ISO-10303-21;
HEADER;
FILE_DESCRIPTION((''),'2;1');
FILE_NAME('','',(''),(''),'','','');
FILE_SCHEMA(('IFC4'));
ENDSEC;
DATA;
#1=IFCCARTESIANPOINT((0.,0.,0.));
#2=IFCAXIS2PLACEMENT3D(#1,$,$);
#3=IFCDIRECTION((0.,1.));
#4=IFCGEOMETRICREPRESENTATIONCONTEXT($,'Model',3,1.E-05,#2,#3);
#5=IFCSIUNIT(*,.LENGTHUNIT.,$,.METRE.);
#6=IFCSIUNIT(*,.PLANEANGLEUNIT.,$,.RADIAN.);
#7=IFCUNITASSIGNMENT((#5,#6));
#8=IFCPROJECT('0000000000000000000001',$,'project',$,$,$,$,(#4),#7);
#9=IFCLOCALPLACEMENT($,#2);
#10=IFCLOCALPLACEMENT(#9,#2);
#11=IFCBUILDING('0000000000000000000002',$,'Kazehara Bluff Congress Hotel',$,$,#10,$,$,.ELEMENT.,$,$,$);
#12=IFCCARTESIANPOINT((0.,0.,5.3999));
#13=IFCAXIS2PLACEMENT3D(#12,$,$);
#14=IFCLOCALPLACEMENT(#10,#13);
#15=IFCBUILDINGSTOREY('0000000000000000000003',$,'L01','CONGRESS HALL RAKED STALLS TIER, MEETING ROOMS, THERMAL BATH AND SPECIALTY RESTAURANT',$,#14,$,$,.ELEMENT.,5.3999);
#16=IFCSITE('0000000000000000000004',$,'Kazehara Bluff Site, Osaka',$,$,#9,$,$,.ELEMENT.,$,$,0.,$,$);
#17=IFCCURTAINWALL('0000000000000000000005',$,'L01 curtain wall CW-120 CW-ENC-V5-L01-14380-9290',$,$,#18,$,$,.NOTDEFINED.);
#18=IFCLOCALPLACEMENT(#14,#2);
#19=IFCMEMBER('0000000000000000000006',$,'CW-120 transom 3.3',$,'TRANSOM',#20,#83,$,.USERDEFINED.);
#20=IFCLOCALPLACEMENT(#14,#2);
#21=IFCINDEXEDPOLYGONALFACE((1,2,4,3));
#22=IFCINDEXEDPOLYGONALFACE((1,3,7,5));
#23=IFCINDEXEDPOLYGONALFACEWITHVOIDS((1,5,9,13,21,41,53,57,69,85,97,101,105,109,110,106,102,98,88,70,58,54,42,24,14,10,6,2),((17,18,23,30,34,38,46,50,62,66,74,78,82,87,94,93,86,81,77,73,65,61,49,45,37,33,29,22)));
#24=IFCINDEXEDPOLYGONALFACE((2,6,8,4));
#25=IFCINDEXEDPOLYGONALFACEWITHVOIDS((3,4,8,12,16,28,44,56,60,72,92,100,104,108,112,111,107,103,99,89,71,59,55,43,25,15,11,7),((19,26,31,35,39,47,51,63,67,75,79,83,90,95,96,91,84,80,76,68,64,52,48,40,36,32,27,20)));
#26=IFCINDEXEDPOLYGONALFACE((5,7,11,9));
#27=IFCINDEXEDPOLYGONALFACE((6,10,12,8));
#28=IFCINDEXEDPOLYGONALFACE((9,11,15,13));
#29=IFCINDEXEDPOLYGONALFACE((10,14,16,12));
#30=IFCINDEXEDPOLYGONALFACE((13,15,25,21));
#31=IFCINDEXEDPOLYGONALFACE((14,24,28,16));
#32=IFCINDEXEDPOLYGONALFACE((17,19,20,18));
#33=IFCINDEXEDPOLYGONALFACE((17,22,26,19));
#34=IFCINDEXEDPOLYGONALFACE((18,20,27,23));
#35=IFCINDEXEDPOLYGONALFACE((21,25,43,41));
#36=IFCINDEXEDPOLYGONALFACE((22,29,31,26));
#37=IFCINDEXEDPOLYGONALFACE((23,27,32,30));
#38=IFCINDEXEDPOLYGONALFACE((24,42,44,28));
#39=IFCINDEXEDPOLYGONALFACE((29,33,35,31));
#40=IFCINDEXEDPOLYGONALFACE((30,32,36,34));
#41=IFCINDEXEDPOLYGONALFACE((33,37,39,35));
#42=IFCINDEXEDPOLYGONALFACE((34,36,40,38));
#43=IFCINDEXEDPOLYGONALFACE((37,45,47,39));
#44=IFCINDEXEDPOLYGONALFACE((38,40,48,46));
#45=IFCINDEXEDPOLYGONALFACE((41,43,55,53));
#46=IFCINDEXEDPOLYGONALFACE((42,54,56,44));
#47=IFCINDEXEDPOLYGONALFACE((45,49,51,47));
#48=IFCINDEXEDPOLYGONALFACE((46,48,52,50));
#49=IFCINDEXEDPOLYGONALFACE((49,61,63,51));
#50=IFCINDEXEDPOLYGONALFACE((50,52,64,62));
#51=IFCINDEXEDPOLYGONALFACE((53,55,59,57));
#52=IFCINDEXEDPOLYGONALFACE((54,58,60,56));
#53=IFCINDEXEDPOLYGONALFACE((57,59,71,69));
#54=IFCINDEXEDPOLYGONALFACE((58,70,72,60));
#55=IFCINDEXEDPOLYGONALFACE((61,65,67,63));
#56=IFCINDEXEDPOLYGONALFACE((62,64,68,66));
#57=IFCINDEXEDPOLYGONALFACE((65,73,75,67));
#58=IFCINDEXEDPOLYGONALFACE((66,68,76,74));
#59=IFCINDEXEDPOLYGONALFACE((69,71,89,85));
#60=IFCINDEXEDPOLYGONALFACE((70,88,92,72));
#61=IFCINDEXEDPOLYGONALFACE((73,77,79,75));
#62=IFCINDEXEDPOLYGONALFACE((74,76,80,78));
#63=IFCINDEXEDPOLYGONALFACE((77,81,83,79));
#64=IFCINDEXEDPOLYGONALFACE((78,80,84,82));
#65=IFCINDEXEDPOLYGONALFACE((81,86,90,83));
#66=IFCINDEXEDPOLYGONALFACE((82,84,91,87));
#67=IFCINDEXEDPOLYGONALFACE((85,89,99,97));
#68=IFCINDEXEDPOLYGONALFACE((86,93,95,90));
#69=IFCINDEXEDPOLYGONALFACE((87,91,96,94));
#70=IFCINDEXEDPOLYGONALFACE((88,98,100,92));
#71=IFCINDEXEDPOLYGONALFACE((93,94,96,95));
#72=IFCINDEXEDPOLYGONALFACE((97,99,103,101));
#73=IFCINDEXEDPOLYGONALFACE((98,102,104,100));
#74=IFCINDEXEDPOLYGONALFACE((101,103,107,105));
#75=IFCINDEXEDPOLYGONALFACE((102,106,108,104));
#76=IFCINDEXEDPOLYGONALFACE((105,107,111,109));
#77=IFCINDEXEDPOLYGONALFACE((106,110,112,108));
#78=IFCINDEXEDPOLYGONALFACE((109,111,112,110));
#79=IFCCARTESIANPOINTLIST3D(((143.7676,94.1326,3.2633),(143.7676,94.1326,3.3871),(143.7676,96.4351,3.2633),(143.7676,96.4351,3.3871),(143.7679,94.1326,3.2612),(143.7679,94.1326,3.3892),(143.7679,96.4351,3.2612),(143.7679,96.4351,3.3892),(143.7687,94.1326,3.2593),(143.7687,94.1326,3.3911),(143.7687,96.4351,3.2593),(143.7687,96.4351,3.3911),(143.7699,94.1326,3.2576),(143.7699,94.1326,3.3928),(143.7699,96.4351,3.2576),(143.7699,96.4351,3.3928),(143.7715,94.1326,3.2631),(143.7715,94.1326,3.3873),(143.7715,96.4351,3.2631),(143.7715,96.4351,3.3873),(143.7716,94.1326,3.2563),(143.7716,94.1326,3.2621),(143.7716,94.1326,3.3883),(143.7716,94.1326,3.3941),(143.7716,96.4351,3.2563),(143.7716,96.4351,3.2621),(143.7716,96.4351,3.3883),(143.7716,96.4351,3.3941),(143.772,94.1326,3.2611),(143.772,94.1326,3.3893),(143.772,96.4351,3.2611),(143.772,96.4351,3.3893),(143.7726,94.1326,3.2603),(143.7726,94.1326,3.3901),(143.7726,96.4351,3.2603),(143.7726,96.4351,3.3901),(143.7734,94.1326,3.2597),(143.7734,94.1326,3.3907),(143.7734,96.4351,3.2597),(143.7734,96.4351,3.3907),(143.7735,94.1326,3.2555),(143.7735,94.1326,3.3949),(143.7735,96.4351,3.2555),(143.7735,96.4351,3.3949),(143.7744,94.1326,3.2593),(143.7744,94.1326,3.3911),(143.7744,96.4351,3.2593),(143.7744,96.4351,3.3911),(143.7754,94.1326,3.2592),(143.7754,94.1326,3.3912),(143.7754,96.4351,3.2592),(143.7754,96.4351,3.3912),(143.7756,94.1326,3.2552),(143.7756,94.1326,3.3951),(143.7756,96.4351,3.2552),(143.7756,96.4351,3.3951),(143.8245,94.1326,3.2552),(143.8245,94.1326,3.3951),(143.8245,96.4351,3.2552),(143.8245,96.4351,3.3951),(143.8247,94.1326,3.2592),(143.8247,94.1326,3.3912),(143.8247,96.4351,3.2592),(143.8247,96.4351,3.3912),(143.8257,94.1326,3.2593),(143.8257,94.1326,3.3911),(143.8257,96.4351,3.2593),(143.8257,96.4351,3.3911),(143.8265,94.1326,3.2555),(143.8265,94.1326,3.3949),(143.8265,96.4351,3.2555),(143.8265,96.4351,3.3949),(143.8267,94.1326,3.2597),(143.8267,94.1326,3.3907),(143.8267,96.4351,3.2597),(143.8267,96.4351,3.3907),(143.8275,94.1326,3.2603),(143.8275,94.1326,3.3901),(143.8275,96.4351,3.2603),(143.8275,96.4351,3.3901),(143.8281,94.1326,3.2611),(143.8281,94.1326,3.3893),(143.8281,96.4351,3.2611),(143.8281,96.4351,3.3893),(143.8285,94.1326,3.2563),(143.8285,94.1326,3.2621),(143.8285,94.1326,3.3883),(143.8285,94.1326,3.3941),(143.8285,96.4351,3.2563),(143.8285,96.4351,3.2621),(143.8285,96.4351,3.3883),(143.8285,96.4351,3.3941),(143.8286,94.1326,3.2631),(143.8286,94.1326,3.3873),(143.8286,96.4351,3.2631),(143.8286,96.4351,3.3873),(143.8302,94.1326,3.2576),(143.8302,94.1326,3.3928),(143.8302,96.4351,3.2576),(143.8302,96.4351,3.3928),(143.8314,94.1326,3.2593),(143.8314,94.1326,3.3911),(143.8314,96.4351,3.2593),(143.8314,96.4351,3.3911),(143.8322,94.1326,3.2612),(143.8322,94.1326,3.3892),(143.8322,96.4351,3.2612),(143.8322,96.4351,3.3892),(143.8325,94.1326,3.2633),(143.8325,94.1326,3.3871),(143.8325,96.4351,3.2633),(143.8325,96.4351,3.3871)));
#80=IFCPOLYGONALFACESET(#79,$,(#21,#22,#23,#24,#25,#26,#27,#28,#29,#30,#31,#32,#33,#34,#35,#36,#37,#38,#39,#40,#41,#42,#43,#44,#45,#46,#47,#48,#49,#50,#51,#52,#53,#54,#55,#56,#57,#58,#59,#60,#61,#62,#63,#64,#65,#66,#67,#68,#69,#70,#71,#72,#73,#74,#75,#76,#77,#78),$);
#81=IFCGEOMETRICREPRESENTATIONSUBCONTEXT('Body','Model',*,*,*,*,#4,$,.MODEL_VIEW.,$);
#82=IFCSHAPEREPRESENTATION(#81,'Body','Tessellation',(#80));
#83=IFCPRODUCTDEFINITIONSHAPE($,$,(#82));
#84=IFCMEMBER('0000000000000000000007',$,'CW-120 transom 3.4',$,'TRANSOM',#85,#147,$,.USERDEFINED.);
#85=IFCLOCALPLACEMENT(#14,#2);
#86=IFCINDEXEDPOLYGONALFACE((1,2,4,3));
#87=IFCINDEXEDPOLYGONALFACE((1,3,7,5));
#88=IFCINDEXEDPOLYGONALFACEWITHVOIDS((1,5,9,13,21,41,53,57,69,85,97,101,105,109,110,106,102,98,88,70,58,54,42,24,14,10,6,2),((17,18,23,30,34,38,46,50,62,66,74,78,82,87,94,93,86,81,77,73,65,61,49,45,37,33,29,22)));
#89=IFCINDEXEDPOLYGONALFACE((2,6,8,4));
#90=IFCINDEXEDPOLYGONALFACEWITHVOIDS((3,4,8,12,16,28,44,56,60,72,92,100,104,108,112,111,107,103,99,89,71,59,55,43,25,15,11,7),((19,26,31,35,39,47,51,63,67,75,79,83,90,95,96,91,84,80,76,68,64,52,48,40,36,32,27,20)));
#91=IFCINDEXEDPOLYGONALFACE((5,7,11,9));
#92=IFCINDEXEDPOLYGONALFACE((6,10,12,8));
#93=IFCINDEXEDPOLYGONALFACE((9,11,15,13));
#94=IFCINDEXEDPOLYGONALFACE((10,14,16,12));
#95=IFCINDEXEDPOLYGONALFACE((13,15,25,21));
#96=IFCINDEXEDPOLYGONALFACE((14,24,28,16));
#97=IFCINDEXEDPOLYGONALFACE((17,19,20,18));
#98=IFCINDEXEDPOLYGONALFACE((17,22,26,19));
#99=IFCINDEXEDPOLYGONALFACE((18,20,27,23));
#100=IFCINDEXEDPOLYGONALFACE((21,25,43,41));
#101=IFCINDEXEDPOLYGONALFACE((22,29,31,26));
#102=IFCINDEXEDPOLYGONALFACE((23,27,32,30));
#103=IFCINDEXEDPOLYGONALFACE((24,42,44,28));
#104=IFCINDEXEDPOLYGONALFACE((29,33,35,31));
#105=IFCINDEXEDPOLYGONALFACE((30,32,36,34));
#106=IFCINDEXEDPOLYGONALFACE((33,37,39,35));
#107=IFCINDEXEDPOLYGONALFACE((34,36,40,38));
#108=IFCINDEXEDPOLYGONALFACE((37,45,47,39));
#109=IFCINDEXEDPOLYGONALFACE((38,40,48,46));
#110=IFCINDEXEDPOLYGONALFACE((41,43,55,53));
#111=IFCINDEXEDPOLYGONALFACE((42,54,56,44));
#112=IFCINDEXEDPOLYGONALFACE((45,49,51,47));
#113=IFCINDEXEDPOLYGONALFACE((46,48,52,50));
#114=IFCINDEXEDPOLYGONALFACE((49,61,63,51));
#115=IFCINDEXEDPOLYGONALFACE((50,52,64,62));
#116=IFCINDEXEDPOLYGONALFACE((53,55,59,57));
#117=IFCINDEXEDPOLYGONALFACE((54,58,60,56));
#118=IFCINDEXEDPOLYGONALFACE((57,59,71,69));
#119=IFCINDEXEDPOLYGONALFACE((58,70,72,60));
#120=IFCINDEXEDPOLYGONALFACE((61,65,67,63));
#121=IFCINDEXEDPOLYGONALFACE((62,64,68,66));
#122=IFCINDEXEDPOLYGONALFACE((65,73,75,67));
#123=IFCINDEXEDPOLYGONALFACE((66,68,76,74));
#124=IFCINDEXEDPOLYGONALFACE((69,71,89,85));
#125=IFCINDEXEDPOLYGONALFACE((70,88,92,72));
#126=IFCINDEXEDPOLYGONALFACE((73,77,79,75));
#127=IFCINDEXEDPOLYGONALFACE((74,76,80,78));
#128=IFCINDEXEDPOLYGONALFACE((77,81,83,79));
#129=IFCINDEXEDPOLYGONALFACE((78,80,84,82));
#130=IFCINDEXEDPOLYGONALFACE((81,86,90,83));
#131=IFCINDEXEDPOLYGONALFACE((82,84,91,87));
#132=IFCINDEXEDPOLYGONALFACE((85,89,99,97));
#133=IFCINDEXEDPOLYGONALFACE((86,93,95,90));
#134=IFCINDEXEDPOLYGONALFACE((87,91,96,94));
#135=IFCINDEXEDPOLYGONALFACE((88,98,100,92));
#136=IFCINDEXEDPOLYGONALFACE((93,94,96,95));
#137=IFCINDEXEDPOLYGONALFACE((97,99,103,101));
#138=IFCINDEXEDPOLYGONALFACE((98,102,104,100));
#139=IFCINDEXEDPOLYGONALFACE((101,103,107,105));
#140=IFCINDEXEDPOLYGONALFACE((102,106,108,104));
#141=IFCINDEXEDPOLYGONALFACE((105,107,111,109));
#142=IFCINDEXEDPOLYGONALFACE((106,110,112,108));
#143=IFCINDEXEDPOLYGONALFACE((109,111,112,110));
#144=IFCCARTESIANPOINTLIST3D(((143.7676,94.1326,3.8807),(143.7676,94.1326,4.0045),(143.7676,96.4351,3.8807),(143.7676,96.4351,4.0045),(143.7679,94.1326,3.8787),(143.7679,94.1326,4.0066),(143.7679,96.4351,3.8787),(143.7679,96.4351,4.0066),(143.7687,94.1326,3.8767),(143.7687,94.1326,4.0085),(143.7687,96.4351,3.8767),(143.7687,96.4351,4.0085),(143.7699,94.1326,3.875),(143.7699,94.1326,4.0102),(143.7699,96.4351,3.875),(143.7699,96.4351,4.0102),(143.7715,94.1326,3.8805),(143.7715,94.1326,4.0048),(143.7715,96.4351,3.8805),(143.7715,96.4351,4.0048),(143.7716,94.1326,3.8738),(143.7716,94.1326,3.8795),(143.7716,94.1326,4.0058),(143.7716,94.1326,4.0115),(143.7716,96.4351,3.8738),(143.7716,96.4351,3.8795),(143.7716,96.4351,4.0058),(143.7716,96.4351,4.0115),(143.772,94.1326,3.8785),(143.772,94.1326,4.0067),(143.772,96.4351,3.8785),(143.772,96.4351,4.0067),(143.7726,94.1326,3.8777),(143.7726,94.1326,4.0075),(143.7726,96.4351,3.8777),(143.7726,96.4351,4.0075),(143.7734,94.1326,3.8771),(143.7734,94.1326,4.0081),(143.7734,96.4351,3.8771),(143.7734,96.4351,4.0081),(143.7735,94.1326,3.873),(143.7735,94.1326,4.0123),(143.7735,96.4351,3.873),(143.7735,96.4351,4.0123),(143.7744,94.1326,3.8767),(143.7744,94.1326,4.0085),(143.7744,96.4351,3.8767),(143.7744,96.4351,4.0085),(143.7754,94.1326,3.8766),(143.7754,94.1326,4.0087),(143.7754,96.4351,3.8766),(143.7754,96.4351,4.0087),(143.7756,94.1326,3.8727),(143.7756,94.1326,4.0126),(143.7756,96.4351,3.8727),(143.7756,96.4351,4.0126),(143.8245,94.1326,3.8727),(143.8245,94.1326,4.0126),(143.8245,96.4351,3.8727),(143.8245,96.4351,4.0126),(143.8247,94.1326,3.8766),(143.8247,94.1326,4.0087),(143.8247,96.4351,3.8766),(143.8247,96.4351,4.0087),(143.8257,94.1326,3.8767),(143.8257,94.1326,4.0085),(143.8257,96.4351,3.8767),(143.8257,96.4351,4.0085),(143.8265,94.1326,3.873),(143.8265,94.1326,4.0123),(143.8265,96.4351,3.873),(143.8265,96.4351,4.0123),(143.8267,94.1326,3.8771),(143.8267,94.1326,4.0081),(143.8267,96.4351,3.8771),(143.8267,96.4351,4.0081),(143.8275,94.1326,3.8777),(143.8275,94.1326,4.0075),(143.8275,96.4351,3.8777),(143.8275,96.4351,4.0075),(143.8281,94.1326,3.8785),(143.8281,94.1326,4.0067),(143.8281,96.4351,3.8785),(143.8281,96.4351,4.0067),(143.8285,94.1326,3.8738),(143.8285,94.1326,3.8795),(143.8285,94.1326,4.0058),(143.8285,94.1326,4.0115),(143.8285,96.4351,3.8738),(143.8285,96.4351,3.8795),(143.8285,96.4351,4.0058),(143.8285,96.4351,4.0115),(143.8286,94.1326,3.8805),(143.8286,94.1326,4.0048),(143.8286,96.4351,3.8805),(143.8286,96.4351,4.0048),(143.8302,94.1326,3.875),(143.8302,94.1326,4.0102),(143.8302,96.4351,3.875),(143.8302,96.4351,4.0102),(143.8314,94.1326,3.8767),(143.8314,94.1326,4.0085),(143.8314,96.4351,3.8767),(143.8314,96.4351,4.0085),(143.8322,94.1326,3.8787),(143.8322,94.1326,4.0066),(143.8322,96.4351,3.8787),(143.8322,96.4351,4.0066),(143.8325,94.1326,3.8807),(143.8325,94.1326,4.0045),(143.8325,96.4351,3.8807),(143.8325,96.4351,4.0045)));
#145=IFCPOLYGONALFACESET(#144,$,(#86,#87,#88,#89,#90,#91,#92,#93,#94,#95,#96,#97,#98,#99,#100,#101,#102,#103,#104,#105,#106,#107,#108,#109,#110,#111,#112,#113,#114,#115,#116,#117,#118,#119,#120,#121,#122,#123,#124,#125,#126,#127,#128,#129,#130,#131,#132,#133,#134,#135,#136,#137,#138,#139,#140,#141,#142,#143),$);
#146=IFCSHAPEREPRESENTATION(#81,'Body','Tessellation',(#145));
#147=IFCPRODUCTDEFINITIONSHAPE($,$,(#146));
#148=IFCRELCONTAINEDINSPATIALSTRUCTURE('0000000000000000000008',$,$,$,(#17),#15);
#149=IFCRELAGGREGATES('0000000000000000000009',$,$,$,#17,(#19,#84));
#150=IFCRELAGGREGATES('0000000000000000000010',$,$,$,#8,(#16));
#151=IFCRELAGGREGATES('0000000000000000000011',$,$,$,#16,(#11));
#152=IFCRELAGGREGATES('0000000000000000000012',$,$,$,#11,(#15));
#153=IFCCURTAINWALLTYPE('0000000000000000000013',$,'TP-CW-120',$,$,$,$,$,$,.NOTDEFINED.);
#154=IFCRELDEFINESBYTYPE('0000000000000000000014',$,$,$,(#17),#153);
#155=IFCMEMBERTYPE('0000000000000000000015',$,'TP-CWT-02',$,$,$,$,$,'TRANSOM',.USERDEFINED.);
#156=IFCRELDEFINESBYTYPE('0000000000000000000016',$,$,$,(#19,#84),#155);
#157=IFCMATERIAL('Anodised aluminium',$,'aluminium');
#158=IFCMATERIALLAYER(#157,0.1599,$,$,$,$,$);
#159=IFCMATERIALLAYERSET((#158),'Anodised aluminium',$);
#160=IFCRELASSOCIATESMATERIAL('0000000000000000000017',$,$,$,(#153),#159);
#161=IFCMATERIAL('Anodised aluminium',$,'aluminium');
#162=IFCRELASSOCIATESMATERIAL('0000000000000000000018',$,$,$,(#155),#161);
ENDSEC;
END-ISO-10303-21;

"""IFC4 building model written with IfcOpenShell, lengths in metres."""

from ifc_helpers import new_model, si_unit, direction, frame, origin, origin_2d, place, context, subcontext, project, spatial, hollow_rectangle, extrude, material, layer, layer_set, material_profile, profile_set, type_object, element, aggregate, save


model = new_model("IFC4")

# Units and contexts
model_context = context("Model", 3, precision=1e-05, world=origin(), true_north=direction((0.0, 1.0)))
body_context = subcontext(model_context, "Body", "Model", "MODEL_VIEW")
ifc_project = project(units=[si_unit("LENGTHUNIT", "METRE"), si_unit("PLANEANGLEUNIT", "RADIAN")], contexts=[model_context])

# Site, building, storey
site_placement = place(None, origin())
site = spatial("IfcSite", under=ifc_project, at=site_placement, Name="Kazehara Bluff Site, Osaka", CompositionType="ELEMENT", RefElevation=0.0)
building_placement = place(site_placement, origin())
building = spatial("IfcBuilding", under=site, at=building_placement, Name="Kazehara Bluff Congress Hotel", CompositionType="ELEMENT")
storey_placement = place(building_placement, frame((0.0, 0.0, 5.3999)))
storey = spatial("IfcBuildingStorey", under=building, at=storey_placement, Name="L01", Description="CONGRESS HALL RAKED STALLS TIER, MEETING ROOMS, THERMAL BATH AND SPECIALTY RESTAURANT", CompositionType="ELEMENT", Elevation=5.3999)

# Curtain wall
ifc_material_1 = material(Name="Anodised aluminium", Category="aluminium")
ifc_layer_1 = layer(ifc_material_1, 0.1599)
ifc_layer_set_1 = layer_set([ifc_layer_1], Name="Anodised aluminium")
curtain_wall_type_1 = type_object("IfcCurtainWallType", Name="TP-CW-120", PredefinedType="NOTDEFINED", material=ifc_layer_set_1)
curtain_wall_1_placement = place(storey_placement, origin())
curtain_wall_1 = element("IfcCurtainWall", 1, at=curtain_wall_1_placement, inside=storey, type_object=curtain_wall_type_1, Name="L01 curtain wall CW-120 CW-ENC-V5-L01-14380-9290", PredefinedType="NOTDEFINED")

# Members
ifc_material_2 = material(Name="Anodised aluminium", Category="aluminium")
ifc_material_profile_1 = material_profile(ifc_material_2, hollow_rectangle(XDim=0.0649, YDim=0.1399, WallThickness=0.0039, InnerFilletRadius=0.0039, OuterFilletRadius=0.0081, at=origin_2d()))
ifc_profile_set_1 = profile_set([ifc_material_profile_1], Name="Anodised aluminium")
member_type_1 = type_object("IfcMemberType", Name="TP-CWT-02", ElementType="TRANSOM", PredefinedType="USERDEFINED", material=ifc_profile_set_1)
member_1_placement = place(storey_placement, frame((143.8, 94.1326, 3.3252), z_axis=(0.0, 1.0, 0.0), x_axis=(-1.0, 0.0, 0.0)))
member_1 = element("IfcMember", 2, at=member_1_placement, type_object=member_type_1, Name="CW-120 transom 3.3", ObjectType="TRANSOM", PredefinedType="USERDEFINED", context=body_context, shape_type="SweptSolid", body=[
    extrude(hollow_rectangle(XDim=0.0649, YDim=0.1399, WallThickness=0.0039, InnerFilletRadius=0.0039, OuterFilletRadius=0.0081, at=origin_2d()), origin(), (0.0, 0.0, 1.0), 2.3025),
])
member_2_placement = place(storey_placement, frame((143.8, 94.1326, 3.9426), z_axis=(0.0, 1.0, 0.0), x_axis=(-1.0, 0.0, 0.0)))
member_2 = element("IfcMember", 3, at=member_2_placement, type_object=member_type_1, Name="CW-120 transom 3.4", ObjectType="TRANSOM", PredefinedType="USERDEFINED", context=body_context, shape_type="SweptSolid", body=[
    extrude(hollow_rectangle(XDim=0.0649, YDim=0.1399, WallThickness=0.0039, InnerFilletRadius=0.0039, OuterFilletRadius=0.0081, at=origin_2d()), origin(), (0.0, 0.0, 1.0), 2.3025),
])

aggregate(curtain_wall_1, [member_1, member_2])

save(model, "model.ifc")
